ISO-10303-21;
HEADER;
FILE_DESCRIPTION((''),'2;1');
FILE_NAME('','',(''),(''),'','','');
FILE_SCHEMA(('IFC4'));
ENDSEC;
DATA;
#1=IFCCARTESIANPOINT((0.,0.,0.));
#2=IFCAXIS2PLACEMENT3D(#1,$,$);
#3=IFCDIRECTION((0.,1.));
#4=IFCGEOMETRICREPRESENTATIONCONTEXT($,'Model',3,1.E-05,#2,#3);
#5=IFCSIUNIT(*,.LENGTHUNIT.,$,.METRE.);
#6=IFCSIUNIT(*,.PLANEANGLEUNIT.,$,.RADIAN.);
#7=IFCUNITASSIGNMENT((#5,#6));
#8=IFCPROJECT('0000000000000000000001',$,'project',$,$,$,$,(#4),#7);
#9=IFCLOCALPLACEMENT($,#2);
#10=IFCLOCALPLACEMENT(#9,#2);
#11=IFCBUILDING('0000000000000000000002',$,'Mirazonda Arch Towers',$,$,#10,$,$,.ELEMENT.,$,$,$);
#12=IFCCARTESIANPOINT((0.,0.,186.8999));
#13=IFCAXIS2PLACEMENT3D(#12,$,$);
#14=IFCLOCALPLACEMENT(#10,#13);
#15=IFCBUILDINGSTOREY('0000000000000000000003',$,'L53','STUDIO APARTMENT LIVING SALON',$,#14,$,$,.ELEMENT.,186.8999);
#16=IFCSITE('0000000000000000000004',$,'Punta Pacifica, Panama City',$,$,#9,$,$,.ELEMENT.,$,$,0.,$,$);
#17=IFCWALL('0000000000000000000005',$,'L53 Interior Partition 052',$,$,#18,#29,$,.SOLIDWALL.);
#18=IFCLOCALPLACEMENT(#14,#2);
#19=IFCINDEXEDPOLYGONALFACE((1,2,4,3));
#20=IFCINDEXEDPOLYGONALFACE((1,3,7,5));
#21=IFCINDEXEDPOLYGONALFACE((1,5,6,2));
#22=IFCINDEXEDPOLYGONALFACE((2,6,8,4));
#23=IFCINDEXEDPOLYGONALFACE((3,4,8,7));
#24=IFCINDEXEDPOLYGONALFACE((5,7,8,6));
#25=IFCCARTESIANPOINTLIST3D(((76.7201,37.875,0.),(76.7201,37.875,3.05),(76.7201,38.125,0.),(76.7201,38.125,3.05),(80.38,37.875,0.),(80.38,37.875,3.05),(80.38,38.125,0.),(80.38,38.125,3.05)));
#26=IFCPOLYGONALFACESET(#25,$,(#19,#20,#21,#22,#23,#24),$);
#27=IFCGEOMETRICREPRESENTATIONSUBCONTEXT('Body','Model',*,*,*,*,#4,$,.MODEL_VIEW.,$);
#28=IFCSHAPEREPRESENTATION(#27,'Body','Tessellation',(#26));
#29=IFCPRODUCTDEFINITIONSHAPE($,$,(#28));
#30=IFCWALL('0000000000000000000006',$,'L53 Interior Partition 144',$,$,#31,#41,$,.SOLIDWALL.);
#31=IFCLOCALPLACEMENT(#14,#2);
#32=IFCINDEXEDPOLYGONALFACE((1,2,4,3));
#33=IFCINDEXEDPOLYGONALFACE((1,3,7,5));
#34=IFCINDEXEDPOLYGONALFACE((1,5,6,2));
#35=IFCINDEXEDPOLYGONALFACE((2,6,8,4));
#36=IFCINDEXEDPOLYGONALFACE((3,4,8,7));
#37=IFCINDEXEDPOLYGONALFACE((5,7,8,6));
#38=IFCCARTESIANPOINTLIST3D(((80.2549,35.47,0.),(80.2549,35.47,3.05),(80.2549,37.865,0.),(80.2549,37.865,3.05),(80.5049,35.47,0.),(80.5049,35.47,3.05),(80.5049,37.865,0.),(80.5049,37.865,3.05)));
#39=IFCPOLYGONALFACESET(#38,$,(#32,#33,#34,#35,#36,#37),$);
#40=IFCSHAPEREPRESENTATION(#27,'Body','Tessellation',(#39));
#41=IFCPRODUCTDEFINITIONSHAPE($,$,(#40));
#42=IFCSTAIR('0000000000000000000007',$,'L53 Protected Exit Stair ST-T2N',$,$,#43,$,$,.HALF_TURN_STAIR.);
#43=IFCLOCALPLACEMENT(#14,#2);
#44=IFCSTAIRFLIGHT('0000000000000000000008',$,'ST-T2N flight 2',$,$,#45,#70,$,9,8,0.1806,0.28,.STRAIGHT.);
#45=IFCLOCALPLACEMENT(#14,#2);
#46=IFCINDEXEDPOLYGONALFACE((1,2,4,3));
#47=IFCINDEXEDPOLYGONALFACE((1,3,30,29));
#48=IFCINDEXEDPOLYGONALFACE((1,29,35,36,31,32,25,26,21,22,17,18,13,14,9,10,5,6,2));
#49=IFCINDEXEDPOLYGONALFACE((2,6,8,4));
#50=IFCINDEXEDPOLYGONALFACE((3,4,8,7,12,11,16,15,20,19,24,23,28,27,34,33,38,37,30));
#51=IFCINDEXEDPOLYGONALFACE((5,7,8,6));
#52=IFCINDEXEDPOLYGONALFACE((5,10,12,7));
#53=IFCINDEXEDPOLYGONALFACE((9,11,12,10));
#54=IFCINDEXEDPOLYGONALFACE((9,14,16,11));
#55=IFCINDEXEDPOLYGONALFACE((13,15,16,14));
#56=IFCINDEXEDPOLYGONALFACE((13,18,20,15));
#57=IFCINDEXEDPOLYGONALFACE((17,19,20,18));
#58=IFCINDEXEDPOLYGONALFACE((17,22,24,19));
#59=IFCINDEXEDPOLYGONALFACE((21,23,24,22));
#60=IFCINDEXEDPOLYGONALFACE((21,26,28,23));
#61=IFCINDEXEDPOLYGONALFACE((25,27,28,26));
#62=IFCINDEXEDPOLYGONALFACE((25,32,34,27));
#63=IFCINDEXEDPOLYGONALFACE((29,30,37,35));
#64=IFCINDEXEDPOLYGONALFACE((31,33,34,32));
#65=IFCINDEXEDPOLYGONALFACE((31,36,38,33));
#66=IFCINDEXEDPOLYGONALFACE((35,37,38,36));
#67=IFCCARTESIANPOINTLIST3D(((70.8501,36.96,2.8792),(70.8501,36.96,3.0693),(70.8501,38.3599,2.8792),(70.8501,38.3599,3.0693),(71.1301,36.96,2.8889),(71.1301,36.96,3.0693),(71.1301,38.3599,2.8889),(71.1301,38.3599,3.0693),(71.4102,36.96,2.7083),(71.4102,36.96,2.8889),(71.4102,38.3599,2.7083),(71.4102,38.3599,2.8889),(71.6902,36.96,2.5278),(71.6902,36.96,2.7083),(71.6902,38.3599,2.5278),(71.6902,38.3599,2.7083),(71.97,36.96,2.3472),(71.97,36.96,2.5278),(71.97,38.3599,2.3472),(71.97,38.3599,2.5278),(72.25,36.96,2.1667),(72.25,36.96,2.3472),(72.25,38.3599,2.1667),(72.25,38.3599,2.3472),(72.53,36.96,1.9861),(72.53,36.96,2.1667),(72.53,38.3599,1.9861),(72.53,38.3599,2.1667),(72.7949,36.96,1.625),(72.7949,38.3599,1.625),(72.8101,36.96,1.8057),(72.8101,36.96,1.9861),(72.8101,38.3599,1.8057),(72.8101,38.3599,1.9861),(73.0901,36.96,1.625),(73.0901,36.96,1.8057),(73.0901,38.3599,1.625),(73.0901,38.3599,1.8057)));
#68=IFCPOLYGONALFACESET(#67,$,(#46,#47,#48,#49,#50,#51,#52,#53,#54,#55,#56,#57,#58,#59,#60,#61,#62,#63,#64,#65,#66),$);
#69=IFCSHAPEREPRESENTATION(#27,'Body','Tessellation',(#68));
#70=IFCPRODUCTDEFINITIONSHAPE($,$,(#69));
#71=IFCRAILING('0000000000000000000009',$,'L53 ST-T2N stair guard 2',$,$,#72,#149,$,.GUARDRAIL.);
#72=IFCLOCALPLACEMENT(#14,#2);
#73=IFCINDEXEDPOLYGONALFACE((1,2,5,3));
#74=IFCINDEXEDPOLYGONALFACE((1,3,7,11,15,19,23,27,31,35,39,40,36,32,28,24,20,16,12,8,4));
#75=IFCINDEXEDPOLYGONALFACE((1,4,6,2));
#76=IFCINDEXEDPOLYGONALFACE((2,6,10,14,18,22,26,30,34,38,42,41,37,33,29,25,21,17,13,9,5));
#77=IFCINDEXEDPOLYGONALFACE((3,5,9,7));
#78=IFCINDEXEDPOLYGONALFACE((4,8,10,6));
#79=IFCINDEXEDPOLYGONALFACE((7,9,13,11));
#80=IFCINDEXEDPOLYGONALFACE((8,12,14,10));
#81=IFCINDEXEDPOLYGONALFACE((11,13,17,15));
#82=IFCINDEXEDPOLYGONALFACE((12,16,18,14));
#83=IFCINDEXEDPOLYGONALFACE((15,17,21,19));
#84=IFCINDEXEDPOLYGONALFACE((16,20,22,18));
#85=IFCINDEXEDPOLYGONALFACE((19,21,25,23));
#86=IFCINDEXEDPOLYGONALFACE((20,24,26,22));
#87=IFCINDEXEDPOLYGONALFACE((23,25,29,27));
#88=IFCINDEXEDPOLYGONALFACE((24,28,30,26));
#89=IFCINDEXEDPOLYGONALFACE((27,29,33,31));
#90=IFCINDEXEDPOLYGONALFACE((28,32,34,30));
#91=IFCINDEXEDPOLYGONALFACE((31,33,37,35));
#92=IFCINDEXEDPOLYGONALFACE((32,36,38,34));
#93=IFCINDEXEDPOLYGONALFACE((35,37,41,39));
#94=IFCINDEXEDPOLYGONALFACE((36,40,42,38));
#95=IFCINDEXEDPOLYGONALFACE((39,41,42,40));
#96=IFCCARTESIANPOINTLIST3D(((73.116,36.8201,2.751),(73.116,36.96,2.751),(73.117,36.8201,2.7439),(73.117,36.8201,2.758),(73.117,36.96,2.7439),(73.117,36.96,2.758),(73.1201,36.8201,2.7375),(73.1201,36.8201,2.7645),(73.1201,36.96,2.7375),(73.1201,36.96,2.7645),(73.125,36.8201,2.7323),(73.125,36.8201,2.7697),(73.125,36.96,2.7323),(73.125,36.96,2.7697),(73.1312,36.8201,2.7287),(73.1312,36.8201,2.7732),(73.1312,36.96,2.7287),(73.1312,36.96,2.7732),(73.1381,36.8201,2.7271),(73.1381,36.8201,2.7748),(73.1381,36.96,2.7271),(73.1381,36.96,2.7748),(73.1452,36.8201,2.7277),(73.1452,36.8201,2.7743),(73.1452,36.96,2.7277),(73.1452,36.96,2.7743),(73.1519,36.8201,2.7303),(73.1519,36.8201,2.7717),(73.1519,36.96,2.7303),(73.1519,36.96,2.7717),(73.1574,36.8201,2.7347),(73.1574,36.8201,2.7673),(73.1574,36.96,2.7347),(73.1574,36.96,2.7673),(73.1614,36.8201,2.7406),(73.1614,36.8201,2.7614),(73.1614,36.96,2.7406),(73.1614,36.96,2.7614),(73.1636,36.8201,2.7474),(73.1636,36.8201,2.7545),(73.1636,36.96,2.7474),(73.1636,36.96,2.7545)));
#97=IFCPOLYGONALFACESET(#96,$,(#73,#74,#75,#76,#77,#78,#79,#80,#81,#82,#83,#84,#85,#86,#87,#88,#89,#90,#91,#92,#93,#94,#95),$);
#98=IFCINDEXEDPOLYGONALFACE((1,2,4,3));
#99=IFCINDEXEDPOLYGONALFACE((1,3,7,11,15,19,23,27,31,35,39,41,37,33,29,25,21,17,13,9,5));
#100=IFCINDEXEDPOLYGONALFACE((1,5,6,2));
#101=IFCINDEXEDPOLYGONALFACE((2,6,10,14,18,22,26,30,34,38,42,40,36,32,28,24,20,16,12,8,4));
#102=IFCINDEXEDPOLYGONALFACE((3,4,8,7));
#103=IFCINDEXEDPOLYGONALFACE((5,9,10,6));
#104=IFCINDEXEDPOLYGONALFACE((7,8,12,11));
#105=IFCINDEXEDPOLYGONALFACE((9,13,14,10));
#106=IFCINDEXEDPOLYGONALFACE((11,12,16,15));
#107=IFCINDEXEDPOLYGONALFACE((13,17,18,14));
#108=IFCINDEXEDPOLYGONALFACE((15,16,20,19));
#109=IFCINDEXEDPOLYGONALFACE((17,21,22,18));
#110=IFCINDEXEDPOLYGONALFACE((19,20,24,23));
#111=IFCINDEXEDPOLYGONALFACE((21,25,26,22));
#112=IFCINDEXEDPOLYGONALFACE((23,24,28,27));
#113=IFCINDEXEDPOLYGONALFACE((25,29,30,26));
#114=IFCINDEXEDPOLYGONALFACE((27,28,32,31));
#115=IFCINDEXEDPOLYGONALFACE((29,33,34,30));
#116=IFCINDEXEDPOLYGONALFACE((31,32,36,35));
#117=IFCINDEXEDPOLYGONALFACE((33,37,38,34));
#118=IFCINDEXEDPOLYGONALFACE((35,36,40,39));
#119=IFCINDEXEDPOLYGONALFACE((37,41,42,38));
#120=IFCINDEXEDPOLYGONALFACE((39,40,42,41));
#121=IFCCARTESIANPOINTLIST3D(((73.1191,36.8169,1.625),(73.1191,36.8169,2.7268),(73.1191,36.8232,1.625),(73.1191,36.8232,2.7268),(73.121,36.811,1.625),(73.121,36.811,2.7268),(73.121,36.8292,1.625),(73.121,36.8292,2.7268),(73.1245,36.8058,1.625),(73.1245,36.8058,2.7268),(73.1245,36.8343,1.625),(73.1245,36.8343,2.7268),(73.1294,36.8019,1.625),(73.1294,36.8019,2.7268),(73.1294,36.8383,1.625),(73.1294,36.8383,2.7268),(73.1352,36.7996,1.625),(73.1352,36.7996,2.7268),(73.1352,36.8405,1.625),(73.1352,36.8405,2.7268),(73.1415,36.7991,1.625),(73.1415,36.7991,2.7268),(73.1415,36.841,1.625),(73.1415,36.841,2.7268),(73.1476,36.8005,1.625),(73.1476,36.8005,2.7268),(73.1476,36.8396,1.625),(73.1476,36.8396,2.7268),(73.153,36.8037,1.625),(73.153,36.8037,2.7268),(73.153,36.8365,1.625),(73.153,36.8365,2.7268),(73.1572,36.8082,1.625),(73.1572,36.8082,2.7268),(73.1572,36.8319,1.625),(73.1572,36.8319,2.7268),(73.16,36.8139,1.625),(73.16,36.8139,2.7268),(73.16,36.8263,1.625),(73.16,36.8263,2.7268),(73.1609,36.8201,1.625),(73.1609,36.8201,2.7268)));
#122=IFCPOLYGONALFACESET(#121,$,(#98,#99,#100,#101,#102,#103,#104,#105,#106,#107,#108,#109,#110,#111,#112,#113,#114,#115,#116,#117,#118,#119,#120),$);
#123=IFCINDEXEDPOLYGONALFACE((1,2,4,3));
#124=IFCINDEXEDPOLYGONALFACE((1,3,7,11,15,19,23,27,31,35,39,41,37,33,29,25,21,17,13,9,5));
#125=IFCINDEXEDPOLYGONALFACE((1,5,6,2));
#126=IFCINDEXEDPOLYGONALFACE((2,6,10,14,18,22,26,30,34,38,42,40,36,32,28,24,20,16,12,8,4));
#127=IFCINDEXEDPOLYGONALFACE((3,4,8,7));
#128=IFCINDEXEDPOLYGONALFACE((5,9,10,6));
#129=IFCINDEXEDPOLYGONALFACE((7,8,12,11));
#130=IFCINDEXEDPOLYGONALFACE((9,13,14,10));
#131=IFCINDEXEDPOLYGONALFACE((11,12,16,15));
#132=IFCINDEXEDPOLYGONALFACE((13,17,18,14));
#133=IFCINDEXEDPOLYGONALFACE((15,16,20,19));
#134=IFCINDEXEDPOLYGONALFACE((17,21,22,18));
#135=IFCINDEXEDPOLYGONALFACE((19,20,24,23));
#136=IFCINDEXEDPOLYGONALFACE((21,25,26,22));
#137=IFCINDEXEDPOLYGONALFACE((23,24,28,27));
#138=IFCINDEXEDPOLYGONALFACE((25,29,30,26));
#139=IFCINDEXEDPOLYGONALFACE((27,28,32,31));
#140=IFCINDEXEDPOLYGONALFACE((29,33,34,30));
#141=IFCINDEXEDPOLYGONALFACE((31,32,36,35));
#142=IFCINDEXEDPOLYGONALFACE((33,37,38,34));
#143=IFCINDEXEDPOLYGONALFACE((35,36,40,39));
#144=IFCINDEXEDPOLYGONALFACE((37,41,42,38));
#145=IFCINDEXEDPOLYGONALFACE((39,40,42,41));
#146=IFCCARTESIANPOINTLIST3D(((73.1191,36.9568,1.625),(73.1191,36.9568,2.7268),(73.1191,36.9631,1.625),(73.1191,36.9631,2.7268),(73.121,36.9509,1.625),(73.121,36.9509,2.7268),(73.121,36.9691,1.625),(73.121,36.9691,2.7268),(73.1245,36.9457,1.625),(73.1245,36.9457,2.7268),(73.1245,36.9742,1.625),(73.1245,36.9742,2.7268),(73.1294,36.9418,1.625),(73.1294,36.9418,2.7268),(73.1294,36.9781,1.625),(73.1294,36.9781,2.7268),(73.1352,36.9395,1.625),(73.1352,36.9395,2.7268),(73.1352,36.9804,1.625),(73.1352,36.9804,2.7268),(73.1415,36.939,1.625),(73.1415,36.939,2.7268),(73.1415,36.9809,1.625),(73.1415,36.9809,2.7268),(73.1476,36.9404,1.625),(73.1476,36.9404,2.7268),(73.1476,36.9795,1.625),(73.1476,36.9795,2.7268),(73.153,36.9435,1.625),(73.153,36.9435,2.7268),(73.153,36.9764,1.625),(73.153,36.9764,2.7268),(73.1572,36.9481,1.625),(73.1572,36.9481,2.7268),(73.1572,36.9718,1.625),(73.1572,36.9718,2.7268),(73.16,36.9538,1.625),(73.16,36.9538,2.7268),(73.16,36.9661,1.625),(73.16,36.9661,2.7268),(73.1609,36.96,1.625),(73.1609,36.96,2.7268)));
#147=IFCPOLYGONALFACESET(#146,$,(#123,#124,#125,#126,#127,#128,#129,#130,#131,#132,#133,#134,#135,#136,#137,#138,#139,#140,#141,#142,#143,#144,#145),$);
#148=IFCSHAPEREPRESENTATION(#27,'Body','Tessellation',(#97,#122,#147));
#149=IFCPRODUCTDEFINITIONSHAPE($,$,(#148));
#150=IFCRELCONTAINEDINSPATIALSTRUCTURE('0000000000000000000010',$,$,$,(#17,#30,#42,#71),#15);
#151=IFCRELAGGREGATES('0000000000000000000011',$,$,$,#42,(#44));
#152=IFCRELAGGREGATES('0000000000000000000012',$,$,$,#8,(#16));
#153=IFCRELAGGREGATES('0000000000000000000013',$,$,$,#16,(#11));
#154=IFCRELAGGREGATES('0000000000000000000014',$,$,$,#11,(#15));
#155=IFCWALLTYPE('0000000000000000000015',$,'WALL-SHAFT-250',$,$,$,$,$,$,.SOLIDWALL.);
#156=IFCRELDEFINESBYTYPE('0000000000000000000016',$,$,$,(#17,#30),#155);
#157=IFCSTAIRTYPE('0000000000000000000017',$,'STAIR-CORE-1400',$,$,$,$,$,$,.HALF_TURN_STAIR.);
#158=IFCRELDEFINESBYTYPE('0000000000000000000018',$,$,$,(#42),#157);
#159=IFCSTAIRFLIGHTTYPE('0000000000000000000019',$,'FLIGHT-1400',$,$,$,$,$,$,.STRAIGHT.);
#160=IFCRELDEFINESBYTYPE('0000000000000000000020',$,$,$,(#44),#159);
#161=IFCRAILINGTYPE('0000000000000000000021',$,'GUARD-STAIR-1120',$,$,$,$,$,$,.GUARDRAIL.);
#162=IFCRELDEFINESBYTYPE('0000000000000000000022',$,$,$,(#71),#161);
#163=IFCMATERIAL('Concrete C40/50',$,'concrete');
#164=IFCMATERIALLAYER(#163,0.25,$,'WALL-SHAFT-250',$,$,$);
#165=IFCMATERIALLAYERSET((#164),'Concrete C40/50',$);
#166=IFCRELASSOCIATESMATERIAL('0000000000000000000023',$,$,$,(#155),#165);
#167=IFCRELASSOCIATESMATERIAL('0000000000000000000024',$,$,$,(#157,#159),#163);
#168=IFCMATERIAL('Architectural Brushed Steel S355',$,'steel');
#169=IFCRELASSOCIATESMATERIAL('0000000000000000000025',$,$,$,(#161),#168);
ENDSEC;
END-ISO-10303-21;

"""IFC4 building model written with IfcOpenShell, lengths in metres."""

from ifc_helpers import new_model, si_unit, direction, frame, frame_2d, origin, origin_2d, place, context, subcontext, project, spatial, polyline, rectangle, circle, outline, extrude, material, layer, layer_set, type_object, element, aggregate, save


model = new_model("IFC4")

# Units and contexts
model_context = context("Model", 3, precision=1e-05, world=origin(), true_north=direction((0.0, 1.0)))
body_context = subcontext(model_context, "Body", "Model", "MODEL_VIEW")
ifc_project = project(units=[si_unit("LENGTHUNIT", "METRE"), si_unit("PLANEANGLEUNIT", "RADIAN")], contexts=[model_context])

# Site, building, storey
site_placement = place(None, origin())
site = spatial("IfcSite", under=ifc_project, at=site_placement, Name="Punta Pacifica, Panama City", CompositionType="ELEMENT", RefElevation=0.0)
building_placement = place(site_placement, origin())
building = spatial("IfcBuilding", under=site, at=building_placement, Name="Mirazonda Arch Towers", CompositionType="ELEMENT")
storey_placement = place(building_placement, frame((0.0, 0.0, 186.8999)))
storey = spatial("IfcBuildingStorey", under=building, at=storey_placement, Name="L53", Description="STUDIO APARTMENT LIVING SALON", CompositionType="ELEMENT", Elevation=186.8999)

# Shared definitions
ifc_material_1 = material(Name="Concrete C40/50", Category="concrete")

# Shared definitions
ifc_material_2 = material(Name="Architectural Brushed Steel S355", Category="steel")

# Walls
ifc_layer_1 = layer(ifc_material_1, 0.25, Name="WALL-SHAFT-250")
ifc_layer_set_1 = layer_set([ifc_layer_1], Name="Concrete C40/50")
wall_type_1 = type_object("IfcWallType", Name="WALL-SHAFT-250", PredefinedType="SOLIDWALL", material=ifc_layer_set_1)
wall_1_placement = place(storey_placement, frame((76.72, 38.0, 0.0), z_axis=(0.0, 0.0, 1.0), x_axis=(1.0, 0.0, 0.0)))
element("IfcWall", 1, at=wall_1_placement, inside=storey, type_object=wall_type_1, Name="L53 Interior Partition 052", PredefinedType="SOLIDWALL", context=body_context, shape_type="SweptSolid", body=[
    extrude(rectangle(XDim=3.6599, YDim=0.25, at=frame_2d((1.8301, 0.0))), origin(), (0.0, 0.0, 1.0), 3.05),
])
wall_2_placement = place(storey_placement, frame((80.3799, 35.47, 0.0), z_axis=(0.0, 0.0, 1.0), x_axis=(0.0, 1.0, 0.0)))
element("IfcWall", 2, at=wall_2_placement, inside=storey, type_object=wall_type_1, Name="L53 Interior Partition 144", PredefinedType="SOLIDWALL", context=body_context, shape_type="SweptSolid", body=[
    extrude(rectangle(XDim=2.395, YDim=0.25, at=frame_2d((1.1975, 0.0))), origin(), (0.0, 0.0, 1.0), 3.05),
])

# Stair, stair flight
stair_type = type_object("IfcStairType", Name="STAIR-CORE-1400", PredefinedType="HALF_TURN_STAIR", material=ifc_material_1)
stair_placement = place(storey_placement, origin())
stair = element("IfcStair", 3, at=stair_placement, inside=storey, type_object=stair_type, Name="L53 Protected Exit Stair ST-T2N", PredefinedType="HALF_TURN_STAIR")
stair_flight_type = type_object("IfcStairFlightType", Name="FLIGHT-1400", PredefinedType="STRAIGHT", material=ifc_material_1)
stair_flight_placement = place(storey_placement, frame((73.0901, 37.6599, 1.625), z_axis=(0.0, 0.0, 1.0), x_axis=(-1.0, 0.0, 0.0)))
stair_flight = element("IfcStairFlight", 4, at=stair_flight_placement, type_object=stair_flight_type, Name="ST-T2N flight 2", NumberOfRisers=9, NumberOfTreads=8, PredefinedType="STRAIGHT", RiserHeight=0.1806, TreadLength=0.28, context=body_context, shape_type="SweptSolid", body=[
    extrude(outline(polyline([(0.0, 0.0), (0.0, 0.1807), (0.28, 0.1807), (0.28, 0.3611), (0.5601, 0.3611), (0.5601, 0.5417), (0.8401, 0.5417), (0.8401, 0.7222), (1.1201, 0.7222), (1.1201, 0.9028), (1.3999, 0.9028), (1.3999, 1.0833), (1.6799, 1.0833), (1.6799, 1.2639), (1.96, 1.2639), (1.96, 1.4443), (2.24, 1.4443), (2.24, 1.625), (2.24, 1.2542), (0.2952, 0.0), (0.0, 0.0)])), frame((0.0, 0.7, 0.0), z_axis=(0.0, -1.0, 0.0), x_axis=(1.0, 0.0, 0.0)), (0.0, 0.0, 1.0), 1.3999),
])
aggregate(stair, [stair_flight])

# Railing
railing_type_1 = type_object("IfcRailingType", Name="GUARD-STAIR-1120", PredefinedType="GUARDRAIL", material=ifc_material_2)
railing_1_placement = place(storey_placement, frame((73.1399, 36.8201, 1.625)))
element("IfcRailing", 5, at=railing_1_placement, inside=storey, type_object=railing_type_1, Name="L53 ST-T2N stair guard 2", PredefinedType="GUARDRAIL", context=body_context, shape_type="SweptSolid", body=[
    extrude(circle(Radius=0.0239, at=origin_2d()), frame((0.0, 0.0, 1.126), z_axis=(0.0, 1.0, 0.0), x_axis=(-1.0, 0.0, 0.0)), (0.0, 0.0, 1.0), 0.1399),
    extrude(circle(Radius=0.021, at=origin_2d()), origin(), (0.0, 0.0, 1.0), 1.1018),
    extrude(circle(Radius=0.021, at=origin_2d()), frame((0.0, 0.1399, 0.0)), (0.0, 0.0, 1.0), 1.1018),
])

save(model, "model.ifc")
